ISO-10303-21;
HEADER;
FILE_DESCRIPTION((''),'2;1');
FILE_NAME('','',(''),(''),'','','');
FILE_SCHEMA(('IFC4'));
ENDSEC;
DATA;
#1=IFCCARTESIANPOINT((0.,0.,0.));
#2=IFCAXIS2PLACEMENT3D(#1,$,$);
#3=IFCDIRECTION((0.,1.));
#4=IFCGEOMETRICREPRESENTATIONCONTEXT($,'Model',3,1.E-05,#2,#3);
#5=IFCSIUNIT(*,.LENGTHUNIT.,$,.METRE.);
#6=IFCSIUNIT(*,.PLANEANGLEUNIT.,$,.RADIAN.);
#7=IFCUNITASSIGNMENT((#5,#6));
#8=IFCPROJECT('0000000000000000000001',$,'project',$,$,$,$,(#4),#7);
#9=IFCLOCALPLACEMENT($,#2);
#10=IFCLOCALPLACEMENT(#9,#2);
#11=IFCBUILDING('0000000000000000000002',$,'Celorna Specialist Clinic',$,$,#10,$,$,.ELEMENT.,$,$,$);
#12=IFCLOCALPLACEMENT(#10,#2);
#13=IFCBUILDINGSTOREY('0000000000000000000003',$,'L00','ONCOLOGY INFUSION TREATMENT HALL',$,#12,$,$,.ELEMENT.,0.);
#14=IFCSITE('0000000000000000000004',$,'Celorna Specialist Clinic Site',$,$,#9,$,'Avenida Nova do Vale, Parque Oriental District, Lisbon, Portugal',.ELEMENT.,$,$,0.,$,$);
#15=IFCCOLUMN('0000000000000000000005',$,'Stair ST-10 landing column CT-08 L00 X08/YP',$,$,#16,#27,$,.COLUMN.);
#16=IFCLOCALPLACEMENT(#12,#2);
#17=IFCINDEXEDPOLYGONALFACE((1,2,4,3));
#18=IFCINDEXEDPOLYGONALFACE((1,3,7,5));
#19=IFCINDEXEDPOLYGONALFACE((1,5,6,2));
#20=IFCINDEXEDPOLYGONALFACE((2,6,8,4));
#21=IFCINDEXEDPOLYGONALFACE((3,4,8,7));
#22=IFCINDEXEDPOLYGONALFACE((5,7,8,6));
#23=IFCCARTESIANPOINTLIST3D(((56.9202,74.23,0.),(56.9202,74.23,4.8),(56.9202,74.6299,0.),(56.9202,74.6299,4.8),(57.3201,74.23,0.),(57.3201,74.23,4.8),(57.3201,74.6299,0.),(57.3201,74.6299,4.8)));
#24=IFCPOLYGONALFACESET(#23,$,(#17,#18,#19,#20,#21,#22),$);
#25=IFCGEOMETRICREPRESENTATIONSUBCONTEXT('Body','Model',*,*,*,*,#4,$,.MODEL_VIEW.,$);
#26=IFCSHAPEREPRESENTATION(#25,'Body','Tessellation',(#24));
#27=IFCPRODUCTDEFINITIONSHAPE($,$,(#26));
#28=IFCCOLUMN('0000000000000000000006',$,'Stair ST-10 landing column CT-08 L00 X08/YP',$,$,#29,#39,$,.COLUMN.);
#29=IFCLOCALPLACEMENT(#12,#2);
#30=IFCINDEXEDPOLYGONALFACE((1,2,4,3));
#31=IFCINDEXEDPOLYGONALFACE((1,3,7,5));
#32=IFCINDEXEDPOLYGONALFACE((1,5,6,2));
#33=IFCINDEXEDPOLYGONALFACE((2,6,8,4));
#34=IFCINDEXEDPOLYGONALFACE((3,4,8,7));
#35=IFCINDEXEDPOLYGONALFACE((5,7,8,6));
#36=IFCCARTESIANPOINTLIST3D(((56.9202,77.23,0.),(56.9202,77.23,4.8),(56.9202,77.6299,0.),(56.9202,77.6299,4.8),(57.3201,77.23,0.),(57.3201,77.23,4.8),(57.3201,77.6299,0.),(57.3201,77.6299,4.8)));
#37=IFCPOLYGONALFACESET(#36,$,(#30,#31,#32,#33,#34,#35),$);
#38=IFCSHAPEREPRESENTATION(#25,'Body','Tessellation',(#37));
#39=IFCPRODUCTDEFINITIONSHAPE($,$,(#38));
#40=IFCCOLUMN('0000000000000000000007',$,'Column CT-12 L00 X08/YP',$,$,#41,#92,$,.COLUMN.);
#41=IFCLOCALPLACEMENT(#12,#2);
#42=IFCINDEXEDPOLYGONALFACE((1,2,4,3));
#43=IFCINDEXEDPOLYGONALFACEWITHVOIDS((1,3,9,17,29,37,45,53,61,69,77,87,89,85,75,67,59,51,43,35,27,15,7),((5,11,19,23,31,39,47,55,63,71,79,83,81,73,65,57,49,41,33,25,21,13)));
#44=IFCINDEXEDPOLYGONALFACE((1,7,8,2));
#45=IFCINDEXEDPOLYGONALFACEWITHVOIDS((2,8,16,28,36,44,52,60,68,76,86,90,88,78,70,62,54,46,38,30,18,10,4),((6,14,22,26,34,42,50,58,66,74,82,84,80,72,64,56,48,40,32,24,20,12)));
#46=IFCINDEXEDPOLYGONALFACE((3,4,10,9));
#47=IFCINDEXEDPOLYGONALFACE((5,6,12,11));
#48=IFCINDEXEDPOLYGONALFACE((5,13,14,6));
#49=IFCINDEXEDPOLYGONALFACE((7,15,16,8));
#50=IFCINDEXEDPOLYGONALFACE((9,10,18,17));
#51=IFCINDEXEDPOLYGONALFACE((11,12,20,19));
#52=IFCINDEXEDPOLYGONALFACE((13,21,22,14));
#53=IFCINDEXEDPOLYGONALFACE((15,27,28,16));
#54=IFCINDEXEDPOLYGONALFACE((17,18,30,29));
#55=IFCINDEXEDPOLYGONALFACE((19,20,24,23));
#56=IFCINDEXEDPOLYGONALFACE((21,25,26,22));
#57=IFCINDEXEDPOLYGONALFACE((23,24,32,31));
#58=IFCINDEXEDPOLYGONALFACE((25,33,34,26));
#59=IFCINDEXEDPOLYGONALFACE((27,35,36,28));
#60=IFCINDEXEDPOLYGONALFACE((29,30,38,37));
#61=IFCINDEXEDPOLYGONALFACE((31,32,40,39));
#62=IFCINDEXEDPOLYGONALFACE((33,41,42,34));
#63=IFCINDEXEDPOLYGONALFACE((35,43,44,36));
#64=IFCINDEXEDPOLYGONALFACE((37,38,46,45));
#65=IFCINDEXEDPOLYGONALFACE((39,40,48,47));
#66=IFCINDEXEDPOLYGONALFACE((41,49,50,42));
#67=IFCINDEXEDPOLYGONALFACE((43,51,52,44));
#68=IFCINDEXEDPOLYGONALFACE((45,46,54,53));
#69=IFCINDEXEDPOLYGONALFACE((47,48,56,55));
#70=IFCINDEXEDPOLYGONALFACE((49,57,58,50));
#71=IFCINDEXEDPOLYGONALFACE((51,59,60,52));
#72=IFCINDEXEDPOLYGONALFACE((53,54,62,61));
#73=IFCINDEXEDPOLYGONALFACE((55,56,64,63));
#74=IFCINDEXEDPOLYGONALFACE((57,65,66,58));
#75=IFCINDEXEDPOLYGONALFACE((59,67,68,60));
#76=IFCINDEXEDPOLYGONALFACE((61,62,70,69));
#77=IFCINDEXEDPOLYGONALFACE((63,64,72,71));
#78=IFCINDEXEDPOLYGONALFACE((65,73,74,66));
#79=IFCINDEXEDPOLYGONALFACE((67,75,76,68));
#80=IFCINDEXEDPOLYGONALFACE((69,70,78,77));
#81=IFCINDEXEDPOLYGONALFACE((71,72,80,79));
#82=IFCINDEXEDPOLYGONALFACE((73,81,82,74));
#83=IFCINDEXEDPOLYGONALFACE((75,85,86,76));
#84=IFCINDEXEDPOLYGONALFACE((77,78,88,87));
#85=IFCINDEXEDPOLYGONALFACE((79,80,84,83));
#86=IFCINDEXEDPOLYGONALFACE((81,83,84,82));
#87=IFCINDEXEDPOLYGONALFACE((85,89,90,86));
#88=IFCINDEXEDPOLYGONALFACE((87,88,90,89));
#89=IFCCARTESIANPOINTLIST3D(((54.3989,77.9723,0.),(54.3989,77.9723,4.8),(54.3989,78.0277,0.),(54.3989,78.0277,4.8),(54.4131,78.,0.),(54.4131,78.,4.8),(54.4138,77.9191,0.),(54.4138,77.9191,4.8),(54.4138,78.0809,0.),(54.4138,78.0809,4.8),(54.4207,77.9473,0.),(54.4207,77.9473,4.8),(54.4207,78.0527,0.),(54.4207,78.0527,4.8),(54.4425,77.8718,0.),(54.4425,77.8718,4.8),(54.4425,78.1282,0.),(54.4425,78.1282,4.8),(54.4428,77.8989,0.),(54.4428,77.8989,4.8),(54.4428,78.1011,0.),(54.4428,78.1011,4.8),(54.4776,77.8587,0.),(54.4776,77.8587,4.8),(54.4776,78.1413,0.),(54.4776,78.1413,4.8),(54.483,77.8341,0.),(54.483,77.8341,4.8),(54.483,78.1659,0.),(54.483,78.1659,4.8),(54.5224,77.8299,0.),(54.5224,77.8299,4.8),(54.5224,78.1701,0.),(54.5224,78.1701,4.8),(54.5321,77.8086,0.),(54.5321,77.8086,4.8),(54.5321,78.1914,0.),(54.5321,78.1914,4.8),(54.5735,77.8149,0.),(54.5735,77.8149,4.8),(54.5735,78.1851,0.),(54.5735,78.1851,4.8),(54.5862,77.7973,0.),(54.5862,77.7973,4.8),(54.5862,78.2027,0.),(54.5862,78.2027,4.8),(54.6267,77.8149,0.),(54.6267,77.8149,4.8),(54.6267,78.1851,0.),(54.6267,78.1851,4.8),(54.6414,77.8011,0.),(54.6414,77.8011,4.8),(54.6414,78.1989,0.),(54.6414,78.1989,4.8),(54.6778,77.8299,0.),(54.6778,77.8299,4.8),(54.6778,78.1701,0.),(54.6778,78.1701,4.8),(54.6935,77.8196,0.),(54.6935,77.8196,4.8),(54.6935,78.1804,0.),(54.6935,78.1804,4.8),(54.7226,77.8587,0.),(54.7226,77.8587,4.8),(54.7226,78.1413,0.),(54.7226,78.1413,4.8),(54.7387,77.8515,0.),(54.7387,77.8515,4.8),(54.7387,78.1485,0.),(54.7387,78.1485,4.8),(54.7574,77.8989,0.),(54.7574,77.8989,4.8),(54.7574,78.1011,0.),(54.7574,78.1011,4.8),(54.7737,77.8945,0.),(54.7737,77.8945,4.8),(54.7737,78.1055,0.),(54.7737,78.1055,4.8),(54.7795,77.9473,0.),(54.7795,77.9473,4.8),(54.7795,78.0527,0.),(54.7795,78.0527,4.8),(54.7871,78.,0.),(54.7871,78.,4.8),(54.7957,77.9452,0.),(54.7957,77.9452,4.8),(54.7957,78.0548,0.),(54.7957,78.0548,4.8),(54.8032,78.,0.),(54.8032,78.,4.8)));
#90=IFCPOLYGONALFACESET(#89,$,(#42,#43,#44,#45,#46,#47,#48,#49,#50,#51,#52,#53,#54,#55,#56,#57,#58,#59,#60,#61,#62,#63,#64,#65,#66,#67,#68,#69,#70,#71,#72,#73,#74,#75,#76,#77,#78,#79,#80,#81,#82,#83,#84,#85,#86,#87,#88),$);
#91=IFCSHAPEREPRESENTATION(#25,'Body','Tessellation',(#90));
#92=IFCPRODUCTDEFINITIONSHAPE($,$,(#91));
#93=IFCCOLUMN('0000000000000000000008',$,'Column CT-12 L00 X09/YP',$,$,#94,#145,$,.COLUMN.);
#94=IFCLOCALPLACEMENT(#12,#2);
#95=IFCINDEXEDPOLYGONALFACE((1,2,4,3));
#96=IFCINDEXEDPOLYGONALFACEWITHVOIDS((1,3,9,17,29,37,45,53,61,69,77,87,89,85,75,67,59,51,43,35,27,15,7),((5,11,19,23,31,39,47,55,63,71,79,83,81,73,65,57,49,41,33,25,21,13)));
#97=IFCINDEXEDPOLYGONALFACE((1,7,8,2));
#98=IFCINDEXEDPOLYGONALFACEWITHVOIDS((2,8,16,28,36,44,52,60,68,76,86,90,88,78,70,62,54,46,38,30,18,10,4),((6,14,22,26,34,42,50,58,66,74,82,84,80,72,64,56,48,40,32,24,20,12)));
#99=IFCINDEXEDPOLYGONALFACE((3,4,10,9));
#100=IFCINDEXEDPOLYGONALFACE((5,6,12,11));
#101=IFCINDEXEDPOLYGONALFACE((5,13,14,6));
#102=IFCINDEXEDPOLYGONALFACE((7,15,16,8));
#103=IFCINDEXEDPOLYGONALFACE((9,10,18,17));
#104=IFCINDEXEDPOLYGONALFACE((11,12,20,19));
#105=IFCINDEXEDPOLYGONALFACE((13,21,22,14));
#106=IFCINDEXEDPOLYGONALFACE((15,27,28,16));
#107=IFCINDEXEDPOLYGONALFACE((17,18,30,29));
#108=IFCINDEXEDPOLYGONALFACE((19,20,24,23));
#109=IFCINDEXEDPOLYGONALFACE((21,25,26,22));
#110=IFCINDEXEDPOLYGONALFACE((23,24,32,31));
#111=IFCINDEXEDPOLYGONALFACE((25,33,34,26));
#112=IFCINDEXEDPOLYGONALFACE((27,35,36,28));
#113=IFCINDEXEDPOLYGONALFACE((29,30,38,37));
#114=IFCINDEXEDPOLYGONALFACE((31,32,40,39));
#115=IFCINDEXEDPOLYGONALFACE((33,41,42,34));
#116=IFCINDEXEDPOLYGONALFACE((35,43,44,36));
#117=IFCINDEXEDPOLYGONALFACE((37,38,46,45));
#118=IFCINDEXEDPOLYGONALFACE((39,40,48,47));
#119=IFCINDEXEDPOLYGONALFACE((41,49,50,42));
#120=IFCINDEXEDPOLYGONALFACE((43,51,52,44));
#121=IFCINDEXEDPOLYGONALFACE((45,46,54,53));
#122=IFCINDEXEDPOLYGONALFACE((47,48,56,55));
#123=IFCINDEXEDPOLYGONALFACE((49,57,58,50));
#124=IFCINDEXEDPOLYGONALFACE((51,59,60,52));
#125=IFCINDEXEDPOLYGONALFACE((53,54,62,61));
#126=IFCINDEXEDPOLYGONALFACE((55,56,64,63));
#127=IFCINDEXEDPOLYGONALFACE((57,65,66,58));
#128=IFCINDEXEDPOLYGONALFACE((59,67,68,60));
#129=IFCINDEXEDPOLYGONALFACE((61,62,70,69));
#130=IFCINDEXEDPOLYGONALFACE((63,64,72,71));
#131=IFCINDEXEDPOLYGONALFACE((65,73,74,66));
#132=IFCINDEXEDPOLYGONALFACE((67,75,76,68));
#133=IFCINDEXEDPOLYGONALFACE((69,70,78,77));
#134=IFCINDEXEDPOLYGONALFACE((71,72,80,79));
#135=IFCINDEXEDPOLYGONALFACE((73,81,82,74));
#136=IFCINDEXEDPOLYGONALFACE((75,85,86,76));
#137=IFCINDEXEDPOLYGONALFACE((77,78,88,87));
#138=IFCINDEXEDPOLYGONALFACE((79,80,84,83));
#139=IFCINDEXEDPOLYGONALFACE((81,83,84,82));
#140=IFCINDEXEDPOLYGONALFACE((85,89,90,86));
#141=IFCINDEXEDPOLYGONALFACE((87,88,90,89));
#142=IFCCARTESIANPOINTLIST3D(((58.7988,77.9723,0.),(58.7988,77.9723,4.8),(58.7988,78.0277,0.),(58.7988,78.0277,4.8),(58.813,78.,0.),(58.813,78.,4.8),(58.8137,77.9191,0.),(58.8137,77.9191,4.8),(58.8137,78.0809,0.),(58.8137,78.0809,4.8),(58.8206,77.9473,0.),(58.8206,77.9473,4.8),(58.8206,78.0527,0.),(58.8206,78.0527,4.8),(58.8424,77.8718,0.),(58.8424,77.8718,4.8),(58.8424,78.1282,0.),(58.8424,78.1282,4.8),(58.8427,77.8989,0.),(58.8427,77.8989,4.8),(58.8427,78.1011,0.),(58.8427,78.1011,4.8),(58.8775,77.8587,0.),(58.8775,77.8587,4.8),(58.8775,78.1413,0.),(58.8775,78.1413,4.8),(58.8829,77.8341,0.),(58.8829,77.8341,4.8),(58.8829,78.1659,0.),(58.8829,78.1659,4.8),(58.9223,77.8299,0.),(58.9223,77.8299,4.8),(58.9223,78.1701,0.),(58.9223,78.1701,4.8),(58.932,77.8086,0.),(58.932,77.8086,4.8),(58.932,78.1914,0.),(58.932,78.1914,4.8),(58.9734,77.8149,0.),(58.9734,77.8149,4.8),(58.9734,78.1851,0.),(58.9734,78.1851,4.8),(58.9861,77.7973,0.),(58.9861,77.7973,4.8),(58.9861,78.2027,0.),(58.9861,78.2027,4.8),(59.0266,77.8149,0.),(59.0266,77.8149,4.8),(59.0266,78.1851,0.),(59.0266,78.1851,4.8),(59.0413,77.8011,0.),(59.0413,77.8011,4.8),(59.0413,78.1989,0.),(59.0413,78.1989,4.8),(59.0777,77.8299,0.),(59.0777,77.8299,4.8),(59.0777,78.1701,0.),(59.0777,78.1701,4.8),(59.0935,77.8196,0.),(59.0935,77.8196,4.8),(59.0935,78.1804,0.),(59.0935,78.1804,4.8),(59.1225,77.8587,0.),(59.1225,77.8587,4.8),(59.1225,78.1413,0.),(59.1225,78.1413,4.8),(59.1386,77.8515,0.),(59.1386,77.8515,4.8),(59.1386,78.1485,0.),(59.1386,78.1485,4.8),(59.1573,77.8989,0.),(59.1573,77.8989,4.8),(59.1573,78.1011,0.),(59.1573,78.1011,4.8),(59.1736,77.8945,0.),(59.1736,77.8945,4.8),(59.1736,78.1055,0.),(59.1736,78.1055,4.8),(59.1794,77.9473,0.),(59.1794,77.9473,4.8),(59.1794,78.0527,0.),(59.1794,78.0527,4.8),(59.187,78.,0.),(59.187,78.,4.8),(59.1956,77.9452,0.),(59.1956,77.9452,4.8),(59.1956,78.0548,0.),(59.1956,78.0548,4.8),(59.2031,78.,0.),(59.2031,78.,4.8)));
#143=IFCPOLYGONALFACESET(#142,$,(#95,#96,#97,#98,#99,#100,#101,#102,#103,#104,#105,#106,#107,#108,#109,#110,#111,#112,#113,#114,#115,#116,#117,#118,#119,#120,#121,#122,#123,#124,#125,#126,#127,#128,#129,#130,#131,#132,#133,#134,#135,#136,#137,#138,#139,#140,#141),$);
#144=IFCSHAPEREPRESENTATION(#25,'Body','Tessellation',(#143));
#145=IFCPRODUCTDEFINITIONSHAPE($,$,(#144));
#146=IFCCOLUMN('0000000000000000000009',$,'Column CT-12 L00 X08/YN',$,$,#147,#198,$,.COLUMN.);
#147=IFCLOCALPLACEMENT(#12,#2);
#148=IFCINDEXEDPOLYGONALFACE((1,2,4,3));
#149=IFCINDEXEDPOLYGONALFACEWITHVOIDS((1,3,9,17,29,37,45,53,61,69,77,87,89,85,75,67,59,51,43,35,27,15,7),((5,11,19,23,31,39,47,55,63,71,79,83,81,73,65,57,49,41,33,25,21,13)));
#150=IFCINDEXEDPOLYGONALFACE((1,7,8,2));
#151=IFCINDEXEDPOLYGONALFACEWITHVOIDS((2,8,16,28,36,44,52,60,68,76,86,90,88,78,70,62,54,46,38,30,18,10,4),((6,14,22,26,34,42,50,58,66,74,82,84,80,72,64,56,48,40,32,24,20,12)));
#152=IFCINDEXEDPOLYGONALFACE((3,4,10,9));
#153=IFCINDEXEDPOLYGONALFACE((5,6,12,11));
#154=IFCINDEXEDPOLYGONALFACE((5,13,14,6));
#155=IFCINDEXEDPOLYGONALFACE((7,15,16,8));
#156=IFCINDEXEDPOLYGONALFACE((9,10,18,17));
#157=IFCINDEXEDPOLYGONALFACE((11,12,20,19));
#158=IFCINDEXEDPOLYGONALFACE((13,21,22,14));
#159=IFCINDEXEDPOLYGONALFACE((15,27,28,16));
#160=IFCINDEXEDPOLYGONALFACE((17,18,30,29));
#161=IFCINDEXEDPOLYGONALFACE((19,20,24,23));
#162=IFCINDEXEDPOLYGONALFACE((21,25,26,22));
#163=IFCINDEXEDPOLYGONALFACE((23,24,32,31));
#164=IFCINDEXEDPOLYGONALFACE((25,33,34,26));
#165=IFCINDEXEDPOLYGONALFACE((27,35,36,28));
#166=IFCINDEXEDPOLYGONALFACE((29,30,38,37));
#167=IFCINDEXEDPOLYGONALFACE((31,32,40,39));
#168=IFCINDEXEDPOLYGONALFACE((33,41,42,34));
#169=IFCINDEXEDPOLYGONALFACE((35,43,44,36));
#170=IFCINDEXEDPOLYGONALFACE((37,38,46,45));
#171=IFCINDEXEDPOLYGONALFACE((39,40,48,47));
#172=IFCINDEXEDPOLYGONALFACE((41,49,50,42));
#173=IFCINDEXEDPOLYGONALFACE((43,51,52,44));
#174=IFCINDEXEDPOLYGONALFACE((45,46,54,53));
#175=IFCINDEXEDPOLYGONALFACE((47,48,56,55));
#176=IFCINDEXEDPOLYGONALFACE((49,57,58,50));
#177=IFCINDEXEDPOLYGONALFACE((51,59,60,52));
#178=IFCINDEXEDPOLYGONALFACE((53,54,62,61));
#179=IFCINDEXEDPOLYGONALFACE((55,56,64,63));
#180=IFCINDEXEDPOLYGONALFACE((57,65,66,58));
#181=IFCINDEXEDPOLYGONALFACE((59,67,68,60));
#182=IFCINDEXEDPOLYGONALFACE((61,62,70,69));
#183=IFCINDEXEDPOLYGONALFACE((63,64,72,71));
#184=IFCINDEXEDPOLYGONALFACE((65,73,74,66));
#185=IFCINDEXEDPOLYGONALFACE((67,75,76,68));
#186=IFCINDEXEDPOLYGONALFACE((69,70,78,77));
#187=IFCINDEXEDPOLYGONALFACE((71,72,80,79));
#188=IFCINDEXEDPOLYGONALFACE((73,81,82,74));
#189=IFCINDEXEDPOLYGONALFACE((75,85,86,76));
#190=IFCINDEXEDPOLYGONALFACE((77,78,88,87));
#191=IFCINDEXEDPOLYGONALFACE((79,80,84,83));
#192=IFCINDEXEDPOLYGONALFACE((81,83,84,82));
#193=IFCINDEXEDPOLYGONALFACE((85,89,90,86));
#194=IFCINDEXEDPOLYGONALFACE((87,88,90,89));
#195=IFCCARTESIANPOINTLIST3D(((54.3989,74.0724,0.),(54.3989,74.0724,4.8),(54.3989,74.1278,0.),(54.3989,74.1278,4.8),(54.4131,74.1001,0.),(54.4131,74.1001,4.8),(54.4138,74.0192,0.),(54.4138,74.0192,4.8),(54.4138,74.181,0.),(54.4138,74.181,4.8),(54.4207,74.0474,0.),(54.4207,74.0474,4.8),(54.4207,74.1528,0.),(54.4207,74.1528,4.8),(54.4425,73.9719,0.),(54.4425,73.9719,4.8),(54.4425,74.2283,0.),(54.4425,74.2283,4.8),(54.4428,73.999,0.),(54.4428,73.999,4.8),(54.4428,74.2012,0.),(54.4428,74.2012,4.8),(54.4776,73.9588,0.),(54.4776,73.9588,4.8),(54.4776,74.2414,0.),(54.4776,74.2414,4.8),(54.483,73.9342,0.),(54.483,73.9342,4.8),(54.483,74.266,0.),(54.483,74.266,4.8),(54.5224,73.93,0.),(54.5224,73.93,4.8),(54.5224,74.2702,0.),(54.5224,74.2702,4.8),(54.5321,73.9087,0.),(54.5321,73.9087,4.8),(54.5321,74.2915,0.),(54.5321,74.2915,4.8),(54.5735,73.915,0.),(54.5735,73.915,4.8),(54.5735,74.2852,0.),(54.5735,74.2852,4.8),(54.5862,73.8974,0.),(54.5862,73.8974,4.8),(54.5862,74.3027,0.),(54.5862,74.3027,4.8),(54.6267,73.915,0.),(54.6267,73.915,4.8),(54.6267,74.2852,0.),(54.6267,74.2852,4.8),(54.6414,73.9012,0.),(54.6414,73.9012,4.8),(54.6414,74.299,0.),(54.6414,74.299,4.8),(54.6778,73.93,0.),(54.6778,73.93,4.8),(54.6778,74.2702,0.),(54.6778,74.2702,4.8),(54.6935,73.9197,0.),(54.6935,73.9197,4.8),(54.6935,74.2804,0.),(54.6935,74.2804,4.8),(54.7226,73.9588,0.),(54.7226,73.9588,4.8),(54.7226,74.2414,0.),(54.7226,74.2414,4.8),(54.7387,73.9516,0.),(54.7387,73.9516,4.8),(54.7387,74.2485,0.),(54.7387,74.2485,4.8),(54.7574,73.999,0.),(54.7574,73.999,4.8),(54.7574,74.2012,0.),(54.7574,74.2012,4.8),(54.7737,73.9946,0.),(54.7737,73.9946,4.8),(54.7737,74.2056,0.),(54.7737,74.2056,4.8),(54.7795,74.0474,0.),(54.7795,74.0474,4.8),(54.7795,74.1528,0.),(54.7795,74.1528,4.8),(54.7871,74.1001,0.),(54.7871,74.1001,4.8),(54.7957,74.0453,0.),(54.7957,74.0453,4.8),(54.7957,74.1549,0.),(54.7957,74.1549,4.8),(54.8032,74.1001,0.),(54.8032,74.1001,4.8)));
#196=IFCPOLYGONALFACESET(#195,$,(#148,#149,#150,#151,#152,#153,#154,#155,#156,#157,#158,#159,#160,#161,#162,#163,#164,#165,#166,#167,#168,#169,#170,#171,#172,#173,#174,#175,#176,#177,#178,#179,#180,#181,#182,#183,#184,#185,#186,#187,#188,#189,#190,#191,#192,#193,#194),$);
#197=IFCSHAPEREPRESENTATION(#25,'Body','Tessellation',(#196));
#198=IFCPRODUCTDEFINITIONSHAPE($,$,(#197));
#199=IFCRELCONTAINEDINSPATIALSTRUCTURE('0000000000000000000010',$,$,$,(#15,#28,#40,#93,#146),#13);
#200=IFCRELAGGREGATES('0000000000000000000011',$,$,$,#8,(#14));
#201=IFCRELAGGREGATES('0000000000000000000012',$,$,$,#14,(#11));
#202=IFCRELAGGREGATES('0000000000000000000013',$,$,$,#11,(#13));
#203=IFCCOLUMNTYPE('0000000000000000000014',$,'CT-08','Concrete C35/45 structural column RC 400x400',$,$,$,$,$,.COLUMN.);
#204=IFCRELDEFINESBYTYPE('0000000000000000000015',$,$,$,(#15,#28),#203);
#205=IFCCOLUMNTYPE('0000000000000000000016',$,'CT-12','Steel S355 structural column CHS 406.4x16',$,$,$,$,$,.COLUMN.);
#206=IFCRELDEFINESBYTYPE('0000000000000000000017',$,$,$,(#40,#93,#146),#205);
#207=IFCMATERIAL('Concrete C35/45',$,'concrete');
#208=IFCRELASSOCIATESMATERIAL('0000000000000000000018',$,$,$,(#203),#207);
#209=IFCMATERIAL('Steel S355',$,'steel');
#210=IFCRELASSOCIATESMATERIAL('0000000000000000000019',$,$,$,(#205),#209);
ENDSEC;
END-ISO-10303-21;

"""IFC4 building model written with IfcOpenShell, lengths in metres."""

from ifc_helpers import new_model, si_unit, direction, frame, origin, origin_2d, place, context, subcontext, project, spatial, rectangle, hollow_circle, extrude, material, material_profile, profile_set, type_object, element, save


model = new_model("IFC4")

# Units and contexts
model_context = context("Model", 3, precision=1e-05, world=origin(), true_north=direction((0.0, 1.0)))
body_context = subcontext(model_context, "Body", "Model", "MODEL_VIEW")
ifc_project = project(units=[si_unit("LENGTHUNIT", "METRE"), si_unit("PLANEANGLEUNIT", "RADIAN")], contexts=[model_context])

# Site, building, storey
site_placement = place(None, origin())
site = spatial("IfcSite", under=ifc_project, at=site_placement, Name="Celorna Specialist Clinic Site", LongName="Avenida Nova do Vale, Parque Oriental District, Lisbon, Portugal", CompositionType="ELEMENT", RefElevation=0.0)
building_placement = place(site_placement, origin())
building = spatial("IfcBuilding", under=site, at=building_placement, Name="Celorna Specialist Clinic", CompositionType="ELEMENT")
storey_placement = place(building_placement, origin())
storey = spatial("IfcBuildingStorey", under=building, at=storey_placement, Name="L00", Description="ONCOLOGY INFUSION TREATMENT HALL", CompositionType="ELEMENT", Elevation=0.0)

# Columns
ifc_material_1 = material(Name="Concrete C35/45", Category="concrete")
ifc_material_profile_1 = material_profile(ifc_material_1, rectangle(XDim=0.3999, YDim=0.3999, at=origin_2d()), Name="RC 400x400")
ifc_profile_set_1 = profile_set([ifc_material_profile_1], Name="Concrete C35/45")
column_type_1 = type_object("IfcColumnType", Name="CT-08", Description="Concrete C35/45 structural column RC 400x400", PredefinedType="COLUMN", material=ifc_profile_set_1)
for number, where, z_axis, x_axis, name in (
    (1, (57.1201, 74.4299, 0.0), (0.0, 0.0, 1.0), (1.0, 0.0, 0.0), "Stair ST-10 landing column CT-08 L00 X08/YP"),
    (2, (57.1201, 77.4299, 0.0), (0.0, 0.0, 1.0), (1.0, 0.0, 0.0), "Stair ST-10 landing column CT-08 L00 X08/YP"),
):
    element("IfcColumn", number, at=place(storey_placement, frame(where, z_axis=z_axis, x_axis=x_axis)), inside=storey, type_object=column_type_1, Name=name, PredefinedType="COLUMN", context=body_context, shape_type="SweptSolid", body=[
        extrude(rectangle(XDim=0.3999, YDim=0.3999, at=origin_2d()), origin(), (0.0, 0.0, 1.0), 4.8),
    ])
ifc_material_2 = material(Name="Steel S355", Category="steel")
ifc_material_profile_2 = material_profile(ifc_material_2, hollow_circle(Radius=0.2031, WallThickness=0.0161, at=origin_2d()), Name="CHS 406.4x16")
ifc_profile_set_2 = profile_set([ifc_material_profile_2], Name="Steel S355")
column_type_2 = type_object("IfcColumnType", Name="CT-12", Description="Steel S355 structural column CHS 406.4x16", PredefinedType="COLUMN", material=ifc_profile_set_2)
for number, where, z_axis, x_axis, name in (
    (3, (54.6001, 78.0, 0.0), (0.0, 0.0, 1.0), (1.0, 0.0, 0.0), "Column CT-12 L00 X08/YP"),
    (4, (59.0, 78.0, 0.0), (0.0, 0.0, 1.0), (1.0, 0.0, 0.0), "Column CT-12 L00 X09/YP"),
    (5, (54.6001, 74.1001, 0.0), (0.0, 0.0, 1.0), (1.0, 0.0, 0.0), "Column CT-12 L00 X08/YN"),
):
    element("IfcColumn", number, at=place(storey_placement, frame(where, z_axis=z_axis, x_axis=x_axis)), inside=storey, type_object=column_type_2, Name=name, PredefinedType="COLUMN", context=body_context, shape_type="SweptSolid", body=[
        extrude(hollow_circle(Radius=0.2031, WallThickness=0.0161, at=origin_2d()), origin(), (0.0, 0.0, 1.0), 4.8),
    ])

save(model, "model.ifc")
